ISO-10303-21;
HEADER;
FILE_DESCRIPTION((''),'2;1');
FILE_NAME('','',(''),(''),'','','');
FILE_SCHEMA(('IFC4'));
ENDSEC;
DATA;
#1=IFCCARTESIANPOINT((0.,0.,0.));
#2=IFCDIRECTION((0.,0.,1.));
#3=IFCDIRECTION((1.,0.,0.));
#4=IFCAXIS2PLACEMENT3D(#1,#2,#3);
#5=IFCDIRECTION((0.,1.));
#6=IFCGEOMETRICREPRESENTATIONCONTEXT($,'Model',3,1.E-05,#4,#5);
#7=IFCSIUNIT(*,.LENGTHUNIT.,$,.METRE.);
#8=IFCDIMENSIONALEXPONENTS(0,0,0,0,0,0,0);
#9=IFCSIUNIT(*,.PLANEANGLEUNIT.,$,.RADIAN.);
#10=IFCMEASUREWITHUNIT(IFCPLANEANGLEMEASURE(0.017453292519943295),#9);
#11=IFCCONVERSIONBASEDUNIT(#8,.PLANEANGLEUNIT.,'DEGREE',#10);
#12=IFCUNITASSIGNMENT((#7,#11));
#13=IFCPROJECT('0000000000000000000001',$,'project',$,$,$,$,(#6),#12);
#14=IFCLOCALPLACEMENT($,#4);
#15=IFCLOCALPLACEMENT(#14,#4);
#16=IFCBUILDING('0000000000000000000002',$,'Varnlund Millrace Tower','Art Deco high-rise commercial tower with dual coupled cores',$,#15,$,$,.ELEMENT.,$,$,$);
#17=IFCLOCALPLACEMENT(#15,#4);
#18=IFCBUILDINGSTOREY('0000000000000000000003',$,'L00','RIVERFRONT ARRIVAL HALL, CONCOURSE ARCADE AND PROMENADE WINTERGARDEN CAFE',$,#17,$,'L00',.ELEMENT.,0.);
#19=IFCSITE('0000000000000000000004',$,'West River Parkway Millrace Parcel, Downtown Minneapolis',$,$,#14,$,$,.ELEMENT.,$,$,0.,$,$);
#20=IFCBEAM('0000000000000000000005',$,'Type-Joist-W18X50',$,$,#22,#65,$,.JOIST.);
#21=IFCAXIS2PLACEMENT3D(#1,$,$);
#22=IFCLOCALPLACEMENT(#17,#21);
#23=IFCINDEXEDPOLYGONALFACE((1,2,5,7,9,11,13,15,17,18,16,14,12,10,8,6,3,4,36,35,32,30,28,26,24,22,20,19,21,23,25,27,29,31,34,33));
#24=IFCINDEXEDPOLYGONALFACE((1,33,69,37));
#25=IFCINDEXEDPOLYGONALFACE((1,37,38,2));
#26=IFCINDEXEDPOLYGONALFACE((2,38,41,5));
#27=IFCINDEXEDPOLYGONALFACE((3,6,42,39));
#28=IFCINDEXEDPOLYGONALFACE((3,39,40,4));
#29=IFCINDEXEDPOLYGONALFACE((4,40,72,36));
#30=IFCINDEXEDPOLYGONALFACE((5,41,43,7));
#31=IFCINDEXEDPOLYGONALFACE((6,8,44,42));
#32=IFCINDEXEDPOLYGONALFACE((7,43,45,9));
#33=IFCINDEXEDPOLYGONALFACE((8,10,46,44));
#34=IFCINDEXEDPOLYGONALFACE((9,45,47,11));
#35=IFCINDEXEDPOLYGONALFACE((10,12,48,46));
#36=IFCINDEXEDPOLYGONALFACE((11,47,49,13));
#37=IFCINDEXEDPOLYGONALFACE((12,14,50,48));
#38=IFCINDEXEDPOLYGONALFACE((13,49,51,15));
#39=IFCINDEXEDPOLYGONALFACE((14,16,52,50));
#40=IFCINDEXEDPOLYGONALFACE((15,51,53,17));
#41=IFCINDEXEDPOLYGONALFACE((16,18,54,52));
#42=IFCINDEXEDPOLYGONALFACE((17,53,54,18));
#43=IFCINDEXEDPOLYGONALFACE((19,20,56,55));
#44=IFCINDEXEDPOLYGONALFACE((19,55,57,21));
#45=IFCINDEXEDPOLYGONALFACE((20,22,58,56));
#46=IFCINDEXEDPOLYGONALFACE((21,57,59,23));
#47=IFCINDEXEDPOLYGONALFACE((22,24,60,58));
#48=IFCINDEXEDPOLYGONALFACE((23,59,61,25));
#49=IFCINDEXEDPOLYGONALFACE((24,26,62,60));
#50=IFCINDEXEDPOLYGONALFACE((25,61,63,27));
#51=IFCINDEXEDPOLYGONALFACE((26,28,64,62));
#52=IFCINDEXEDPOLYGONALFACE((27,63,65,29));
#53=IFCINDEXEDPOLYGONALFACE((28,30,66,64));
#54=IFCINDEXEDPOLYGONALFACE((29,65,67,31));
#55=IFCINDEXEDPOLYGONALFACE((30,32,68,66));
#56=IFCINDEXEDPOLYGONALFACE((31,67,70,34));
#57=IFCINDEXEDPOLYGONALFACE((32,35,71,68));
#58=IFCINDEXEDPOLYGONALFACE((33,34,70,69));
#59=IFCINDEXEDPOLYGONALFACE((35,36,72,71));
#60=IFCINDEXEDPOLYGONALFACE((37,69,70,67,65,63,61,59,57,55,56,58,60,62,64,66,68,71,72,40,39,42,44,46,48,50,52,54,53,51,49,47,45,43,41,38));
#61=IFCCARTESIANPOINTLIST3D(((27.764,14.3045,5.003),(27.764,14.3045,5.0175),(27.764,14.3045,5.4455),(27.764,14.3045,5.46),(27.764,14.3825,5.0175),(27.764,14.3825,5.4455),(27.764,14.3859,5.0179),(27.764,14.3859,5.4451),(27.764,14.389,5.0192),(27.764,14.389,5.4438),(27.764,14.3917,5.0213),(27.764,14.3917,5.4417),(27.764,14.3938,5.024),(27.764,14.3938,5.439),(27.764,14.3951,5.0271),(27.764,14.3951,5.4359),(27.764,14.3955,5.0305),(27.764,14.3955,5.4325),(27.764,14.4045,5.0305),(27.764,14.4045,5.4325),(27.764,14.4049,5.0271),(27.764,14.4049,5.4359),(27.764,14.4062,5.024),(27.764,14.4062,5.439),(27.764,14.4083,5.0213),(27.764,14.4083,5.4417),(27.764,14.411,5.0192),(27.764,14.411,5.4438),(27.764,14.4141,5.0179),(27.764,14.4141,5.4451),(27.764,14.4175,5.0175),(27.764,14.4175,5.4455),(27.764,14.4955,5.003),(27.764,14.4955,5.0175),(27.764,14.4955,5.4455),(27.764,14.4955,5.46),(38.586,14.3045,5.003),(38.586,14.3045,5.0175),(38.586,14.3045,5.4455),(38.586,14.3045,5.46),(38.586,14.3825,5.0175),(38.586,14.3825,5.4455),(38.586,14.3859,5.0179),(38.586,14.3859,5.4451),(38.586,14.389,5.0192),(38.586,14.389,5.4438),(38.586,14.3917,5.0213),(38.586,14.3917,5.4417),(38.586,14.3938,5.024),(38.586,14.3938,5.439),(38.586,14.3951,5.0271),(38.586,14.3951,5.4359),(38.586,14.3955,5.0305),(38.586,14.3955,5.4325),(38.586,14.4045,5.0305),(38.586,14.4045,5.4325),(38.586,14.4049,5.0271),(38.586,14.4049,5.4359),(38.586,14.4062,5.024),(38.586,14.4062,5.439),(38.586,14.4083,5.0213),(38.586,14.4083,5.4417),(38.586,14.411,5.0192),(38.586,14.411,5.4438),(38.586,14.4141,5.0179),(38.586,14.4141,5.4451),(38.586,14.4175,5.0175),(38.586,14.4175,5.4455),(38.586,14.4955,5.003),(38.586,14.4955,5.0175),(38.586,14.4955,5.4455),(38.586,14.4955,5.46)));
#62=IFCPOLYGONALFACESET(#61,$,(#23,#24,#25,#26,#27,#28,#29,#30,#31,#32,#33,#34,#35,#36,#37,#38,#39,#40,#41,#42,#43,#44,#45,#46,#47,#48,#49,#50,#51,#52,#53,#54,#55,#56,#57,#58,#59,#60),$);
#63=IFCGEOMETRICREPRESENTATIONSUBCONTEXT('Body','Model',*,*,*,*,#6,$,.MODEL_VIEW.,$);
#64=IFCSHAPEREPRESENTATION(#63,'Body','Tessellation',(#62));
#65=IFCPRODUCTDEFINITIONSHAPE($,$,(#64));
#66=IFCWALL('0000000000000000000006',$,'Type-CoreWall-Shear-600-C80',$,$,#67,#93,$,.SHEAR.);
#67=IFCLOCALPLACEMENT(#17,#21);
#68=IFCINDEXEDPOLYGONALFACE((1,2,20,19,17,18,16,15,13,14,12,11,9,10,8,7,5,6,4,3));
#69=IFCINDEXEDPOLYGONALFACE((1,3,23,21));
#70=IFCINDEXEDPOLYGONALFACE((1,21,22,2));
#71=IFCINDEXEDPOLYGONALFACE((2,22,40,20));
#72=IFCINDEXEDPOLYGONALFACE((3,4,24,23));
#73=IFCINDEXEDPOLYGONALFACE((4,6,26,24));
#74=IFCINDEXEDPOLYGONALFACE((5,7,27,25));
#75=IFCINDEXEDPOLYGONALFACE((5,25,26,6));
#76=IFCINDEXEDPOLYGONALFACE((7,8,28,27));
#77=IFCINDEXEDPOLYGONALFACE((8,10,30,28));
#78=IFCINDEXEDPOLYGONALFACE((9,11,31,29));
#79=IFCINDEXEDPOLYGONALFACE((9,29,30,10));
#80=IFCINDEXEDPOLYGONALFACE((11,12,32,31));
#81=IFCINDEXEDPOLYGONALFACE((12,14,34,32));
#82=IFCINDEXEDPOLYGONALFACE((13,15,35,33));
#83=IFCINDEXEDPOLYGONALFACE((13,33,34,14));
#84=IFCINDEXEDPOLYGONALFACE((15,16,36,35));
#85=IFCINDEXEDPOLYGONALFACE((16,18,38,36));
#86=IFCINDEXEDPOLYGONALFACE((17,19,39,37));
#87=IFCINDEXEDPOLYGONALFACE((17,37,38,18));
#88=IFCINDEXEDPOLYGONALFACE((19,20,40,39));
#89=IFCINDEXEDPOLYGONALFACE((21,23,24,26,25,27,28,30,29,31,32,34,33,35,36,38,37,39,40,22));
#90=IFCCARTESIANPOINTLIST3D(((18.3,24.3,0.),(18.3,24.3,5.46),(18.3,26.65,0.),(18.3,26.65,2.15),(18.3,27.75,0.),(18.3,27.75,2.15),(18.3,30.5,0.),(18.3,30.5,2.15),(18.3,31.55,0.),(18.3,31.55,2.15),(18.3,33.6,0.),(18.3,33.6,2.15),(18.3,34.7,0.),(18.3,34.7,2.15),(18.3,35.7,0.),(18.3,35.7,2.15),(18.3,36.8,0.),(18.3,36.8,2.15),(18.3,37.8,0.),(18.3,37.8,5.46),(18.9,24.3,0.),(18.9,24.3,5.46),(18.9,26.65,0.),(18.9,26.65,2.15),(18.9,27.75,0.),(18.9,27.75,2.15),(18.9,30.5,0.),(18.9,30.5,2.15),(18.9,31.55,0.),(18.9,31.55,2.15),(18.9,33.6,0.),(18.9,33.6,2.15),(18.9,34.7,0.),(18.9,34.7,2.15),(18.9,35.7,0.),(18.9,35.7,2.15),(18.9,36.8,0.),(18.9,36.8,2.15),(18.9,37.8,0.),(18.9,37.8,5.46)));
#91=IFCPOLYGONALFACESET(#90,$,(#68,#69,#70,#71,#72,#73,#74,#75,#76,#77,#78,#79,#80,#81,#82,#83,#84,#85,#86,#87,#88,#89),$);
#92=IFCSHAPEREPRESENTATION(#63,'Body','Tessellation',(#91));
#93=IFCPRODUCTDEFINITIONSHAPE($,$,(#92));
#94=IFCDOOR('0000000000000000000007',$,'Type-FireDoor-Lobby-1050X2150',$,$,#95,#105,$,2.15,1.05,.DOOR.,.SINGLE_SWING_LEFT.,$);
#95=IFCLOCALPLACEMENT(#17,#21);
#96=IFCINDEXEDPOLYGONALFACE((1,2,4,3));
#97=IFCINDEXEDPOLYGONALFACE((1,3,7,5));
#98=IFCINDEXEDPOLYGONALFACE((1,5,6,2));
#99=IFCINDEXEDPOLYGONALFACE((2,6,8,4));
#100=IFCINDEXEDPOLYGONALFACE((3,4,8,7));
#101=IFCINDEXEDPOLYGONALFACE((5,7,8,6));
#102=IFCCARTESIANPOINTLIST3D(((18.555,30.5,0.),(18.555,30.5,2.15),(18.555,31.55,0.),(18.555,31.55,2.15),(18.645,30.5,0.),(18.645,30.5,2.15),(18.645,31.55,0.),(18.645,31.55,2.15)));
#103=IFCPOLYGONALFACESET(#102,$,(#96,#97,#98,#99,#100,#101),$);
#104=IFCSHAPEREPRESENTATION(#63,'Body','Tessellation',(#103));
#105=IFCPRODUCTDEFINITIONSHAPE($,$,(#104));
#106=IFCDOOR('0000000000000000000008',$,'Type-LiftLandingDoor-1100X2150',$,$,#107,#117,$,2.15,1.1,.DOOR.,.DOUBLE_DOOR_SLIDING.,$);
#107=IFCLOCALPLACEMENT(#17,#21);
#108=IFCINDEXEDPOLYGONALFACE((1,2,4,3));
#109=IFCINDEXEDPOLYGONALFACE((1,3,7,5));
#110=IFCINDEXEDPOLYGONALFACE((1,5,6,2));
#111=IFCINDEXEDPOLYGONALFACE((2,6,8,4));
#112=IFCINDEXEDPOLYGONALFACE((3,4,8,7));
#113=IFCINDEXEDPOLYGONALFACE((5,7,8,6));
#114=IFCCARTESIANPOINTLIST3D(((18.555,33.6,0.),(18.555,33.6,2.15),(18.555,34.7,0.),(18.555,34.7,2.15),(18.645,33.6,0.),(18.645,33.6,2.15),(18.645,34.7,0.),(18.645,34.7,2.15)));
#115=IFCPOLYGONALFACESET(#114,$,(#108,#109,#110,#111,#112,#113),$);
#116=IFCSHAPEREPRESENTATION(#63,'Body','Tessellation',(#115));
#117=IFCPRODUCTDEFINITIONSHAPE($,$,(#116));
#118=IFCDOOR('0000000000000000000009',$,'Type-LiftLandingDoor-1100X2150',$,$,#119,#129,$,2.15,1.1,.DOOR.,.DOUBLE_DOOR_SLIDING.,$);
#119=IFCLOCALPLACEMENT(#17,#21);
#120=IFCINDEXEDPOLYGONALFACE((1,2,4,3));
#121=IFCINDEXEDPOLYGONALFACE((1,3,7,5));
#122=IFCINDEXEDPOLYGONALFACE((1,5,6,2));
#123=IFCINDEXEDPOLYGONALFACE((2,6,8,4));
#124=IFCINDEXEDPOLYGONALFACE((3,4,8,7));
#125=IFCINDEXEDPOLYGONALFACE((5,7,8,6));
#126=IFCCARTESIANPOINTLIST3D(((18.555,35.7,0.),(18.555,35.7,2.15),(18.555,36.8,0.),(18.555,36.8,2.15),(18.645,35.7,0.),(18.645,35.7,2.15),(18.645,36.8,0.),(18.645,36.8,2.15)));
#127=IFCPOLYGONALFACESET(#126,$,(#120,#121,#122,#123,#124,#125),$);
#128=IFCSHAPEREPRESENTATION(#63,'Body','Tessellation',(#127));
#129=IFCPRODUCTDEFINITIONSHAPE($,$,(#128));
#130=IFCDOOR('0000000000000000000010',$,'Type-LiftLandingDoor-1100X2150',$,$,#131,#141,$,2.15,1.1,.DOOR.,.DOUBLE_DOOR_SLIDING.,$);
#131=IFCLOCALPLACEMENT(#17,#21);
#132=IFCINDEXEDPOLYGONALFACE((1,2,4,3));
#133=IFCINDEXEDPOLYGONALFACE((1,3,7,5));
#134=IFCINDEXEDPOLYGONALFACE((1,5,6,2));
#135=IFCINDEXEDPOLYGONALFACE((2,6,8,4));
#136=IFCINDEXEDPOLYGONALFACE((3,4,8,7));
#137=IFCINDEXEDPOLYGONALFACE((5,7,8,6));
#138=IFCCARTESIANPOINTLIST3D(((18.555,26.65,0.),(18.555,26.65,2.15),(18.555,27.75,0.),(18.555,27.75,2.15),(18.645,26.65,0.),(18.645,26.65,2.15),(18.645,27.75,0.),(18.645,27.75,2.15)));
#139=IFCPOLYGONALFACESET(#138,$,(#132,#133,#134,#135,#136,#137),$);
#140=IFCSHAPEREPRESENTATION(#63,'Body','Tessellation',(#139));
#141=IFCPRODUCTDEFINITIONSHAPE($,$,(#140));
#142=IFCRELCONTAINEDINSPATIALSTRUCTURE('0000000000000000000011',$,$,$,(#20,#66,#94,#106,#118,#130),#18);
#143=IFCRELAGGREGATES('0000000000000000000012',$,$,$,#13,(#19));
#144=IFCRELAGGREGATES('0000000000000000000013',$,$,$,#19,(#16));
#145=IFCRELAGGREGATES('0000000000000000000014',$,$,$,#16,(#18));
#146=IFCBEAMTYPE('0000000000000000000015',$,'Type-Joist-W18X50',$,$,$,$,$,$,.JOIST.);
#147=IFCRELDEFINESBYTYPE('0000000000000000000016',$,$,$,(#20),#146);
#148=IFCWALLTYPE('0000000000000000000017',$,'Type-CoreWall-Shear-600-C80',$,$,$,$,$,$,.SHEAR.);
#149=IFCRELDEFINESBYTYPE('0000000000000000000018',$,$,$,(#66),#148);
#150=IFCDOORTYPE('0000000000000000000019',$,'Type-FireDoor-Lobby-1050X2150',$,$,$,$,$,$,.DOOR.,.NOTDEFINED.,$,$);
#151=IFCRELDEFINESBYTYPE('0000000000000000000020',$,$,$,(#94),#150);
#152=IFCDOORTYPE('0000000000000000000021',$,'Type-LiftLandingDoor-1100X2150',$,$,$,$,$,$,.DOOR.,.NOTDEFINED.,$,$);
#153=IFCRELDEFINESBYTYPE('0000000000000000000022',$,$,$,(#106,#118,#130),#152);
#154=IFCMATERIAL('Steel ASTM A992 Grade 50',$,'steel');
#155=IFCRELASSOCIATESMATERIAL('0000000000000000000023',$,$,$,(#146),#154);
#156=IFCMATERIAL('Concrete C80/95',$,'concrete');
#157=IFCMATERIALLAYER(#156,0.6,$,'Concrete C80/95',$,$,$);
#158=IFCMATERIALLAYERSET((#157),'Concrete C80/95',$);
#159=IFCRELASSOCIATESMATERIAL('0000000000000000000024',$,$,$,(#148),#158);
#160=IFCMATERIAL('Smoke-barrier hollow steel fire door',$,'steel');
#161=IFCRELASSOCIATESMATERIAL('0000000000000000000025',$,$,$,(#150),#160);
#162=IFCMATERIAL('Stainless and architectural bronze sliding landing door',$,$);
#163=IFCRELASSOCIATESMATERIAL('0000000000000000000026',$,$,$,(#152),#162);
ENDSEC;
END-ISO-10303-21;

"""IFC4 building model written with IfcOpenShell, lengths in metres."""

from ifc_helpers import new_model, entity, si_unit, converted_unit, direction, frame, origin_with_axes, origin_2d_with_axis, place, context, subcontext, project, spatial, polyline, rectangle, i_section, outline, extrude, material, layer, layer_set, material_profile, profile_set, type_object, element, fill, save


model = new_model("IFC4")

# Units and contexts
model_context = context("Model", 3, precision=1e-05, world=origin_with_axes(), true_north=direction((0.0, 1.0)))
body_context = subcontext(model_context, "Body", "Model", "MODEL_VIEW")
ifc_project = project(units=[si_unit("LENGTHUNIT", "METRE"), converted_unit("PLANEANGLEUNIT", "DEGREE", entity("IfcPlaneAngleMeasure", 0.017453292519943295), si_unit("PLANEANGLEUNIT", "RADIAN"), dimensions=[0, 0, 0, 0, 0, 0, 0])], contexts=[model_context])

# Site, building, storey
site_placement = place(None, origin_with_axes())
site = spatial("IfcSite", under=ifc_project, at=site_placement, Name="West River Parkway Millrace Parcel, Downtown Minneapolis", CompositionType="ELEMENT", RefElevation=0.0)
building_placement = place(site_placement, origin_with_axes())
building = spatial("IfcBuilding", under=site, at=building_placement, Name="Varnlund Millrace Tower", Description="Art Deco high-rise commercial tower with dual coupled cores", CompositionType="ELEMENT")
storey_placement = place(building_placement, origin_with_axes())
storey = spatial("IfcBuildingStorey", under=building, at=storey_placement, Name="L00", Description="RIVERFRONT ARRIVAL HALL, CONCOURSE ARCADE AND PROMENADE WINTERGARDEN CAFE", LongName="L00", CompositionType="ELEMENT", Elevation=0.0)

# Shared definitions
ifc_material_1 = material(Name="Concrete C80/95", Category="concrete")

# Beam
ifc_material_2 = material(Name="Steel ASTM A992 Grade 50", Category="steel")
ifc_material_profile_1 = material_profile(ifc_material_2, i_section(OverallWidth=0.191, OverallDepth=0.457, WebThickness=0.009, FlangeThickness=0.0145, FilletRadius=0.013, at=origin_2d_with_axis()), Name="Steel ASTM A992 Grade 50")
ifc_profile_set_1 = profile_set([ifc_material_profile_1], Name="Steel ASTM A992 Grade 50")
beam_type_1 = type_object("IfcBeamType", Name="Type-Joist-W18X50", PredefinedType="JOIST", material=ifc_profile_set_1)
beam_1_placement = place(storey_placement, frame((27.764, 14.4, 5.2315), z_axis=(1.0, 0.0, 0.0), x_axis=(0.0, 1.0, 0.0)))
element("IfcBeam", 1, at=beam_1_placement, inside=storey, type_object=beam_type_1, Name="Type-Joist-W18X50", PredefinedType="JOIST", context=body_context, shape_type="SweptSolid", body=[
    extrude(i_section(OverallWidth=0.191, OverallDepth=0.457, WebThickness=0.009, FlangeThickness=0.0145, FilletRadius=0.013, at=origin_2d_with_axis()), origin_with_axes(), (0.0, 0.0, 1.0), 10.822),
])

# Wall, openings, doors
ifc_layer_1 = layer(ifc_material_1, 0.6, Name="Concrete C80/95")
ifc_layer_set_1 = layer_set([ifc_layer_1], Name="Concrete C80/95")
wall_type_1 = type_object("IfcWallType", Name="Type-CoreWall-Shear-600-C80", PredefinedType="SHEAR", material=ifc_layer_set_1)
wall_1_placement = place(storey_placement, frame((18.6, 24.3, 0.0), z_axis=(0.0, 0.0, 1.0), x_axis=(0.0, 1.0, 0.0)))
wall_1 = element("IfcWall", 2, at=wall_1_placement, inside=storey, type_object=wall_type_1, Name="Type-CoreWall-Shear-600-C80", PredefinedType="SHEAR", context=body_context, shape_type="SweptSolid", body=[
    extrude(outline(polyline([(0.0, -0.3), (13.5, -0.3), (13.5, 0.3), (0.0, 0.3), (0.0, -0.3)])), origin_with_axes(), (0.0, 0.0, 1.0), 5.46),
])
opening_1_placement = place(wall_1_placement, frame((9.85, 0.0, 0.0), z_axis=(0.0, 0.0, 1.0), x_axis=(1.0, 0.0, 0.0)))
opening_1 = element("IfcOpeningElement", 3, at=opening_1_placement, cuts=wall_1, PredefinedType="OPENING", context=body_context, shape_type="SweptSolid", body=[
    extrude(rectangle(XDim=1.1, YDim=0.62, at=origin_2d_with_axis()), origin_with_axes(), (0.0, 0.0, 1.0), 2.15),
])
opening_2_placement = place(wall_1_placement, frame((11.95, 0.0, 0.0), z_axis=(0.0, 0.0, 1.0), x_axis=(1.0, 0.0, 0.0)))
opening_2 = element("IfcOpeningElement", 4, at=opening_2_placement, cuts=wall_1, PredefinedType="OPENING", context=body_context, shape_type="SweptSolid", body=[
    extrude(rectangle(XDim=1.1, YDim=0.62, at=origin_2d_with_axis()), origin_with_axes(), (0.0, 0.0, 1.0), 2.15),
])
opening_3_placement = place(wall_1_placement, frame((2.9, 0.0, 0.0), z_axis=(0.0, 0.0, 1.0), x_axis=(1.0, 0.0, 0.0)))
opening_3 = element("IfcOpeningElement", 5, at=opening_3_placement, cuts=wall_1, PredefinedType="OPENING", context=body_context, shape_type="SweptSolid", body=[
    extrude(rectangle(XDim=1.1, YDim=0.62, at=origin_2d_with_axis()), origin_with_axes(), (0.0, 0.0, 1.0), 2.15),
])
opening_4_placement = place(wall_1_placement, frame((6.725, 0.0, 0.0), z_axis=(0.0, 0.0, 1.0), x_axis=(1.0, 0.0, 0.0)))
opening_4 = element("IfcOpeningElement", 6, at=opening_4_placement, cuts=wall_1, PredefinedType="OPENING", context=body_context, shape_type="SweptSolid", body=[
    extrude(rectangle(XDim=1.05, YDim=0.62, at=origin_2d_with_axis()), origin_with_axes(), (0.0, 0.0, 1.0), 2.15),
])
ifc_material_3 = material(Name="Smoke-barrier hollow steel fire door", Category="steel")
door_type_1 = type_object("IfcDoorType", Name="Type-FireDoor-Lobby-1050X2150", OperationType="NOTDEFINED", PredefinedType="DOOR", material=ifc_material_3)
door_1_placement = place(wall_1_placement, frame((6.725, 0.0, 0.0), z_axis=(0.0, 0.0, 1.0), x_axis=(1.0, 0.0, 0.0)))
door_1 = element("IfcDoor", 7, at=door_1_placement, inside=storey, type_object=door_type_1, Name="Type-FireDoor-Lobby-1050X2150", OperationType="SINGLE_SWING_LEFT", OverallHeight=2.15, OverallWidth=1.05, PredefinedType="DOOR", context=body_context, shape_type="SweptSolid", body=[
    extrude(rectangle(XDim=1.05, YDim=0.09, at=origin_2d_with_axis()), origin_with_axes(), (0.0, 0.0, 1.0), 2.15),
])
fill(opening_4, door_1)
ifc_material_4 = material(Name="Stainless and architectural bronze sliding landing door")
door_type_2 = type_object("IfcDoorType", Name="Type-LiftLandingDoor-1100X2150", OperationType="NOTDEFINED", PredefinedType="DOOR", material=ifc_material_4)
door_2_placement = place(wall_1_placement, frame((9.85, 0.0, 0.0), z_axis=(0.0, 0.0, 1.0), x_axis=(1.0, 0.0, 0.0)))
door_2 = element("IfcDoor", 8, at=door_2_placement, inside=storey, type_object=door_type_2, Name="Type-LiftLandingDoor-1100X2150", OperationType="DOUBLE_DOOR_SLIDING", OverallHeight=2.15, OverallWidth=1.1, PredefinedType="DOOR", context=body_context, shape_type="SweptSolid", body=[
    extrude(rectangle(XDim=1.1, YDim=0.09, at=origin_2d_with_axis()), origin_with_axes(), (0.0, 0.0, 1.0), 2.15),
])
fill(opening_1, door_2)
door_3_placement = place(wall_1_placement, frame((11.95, 0.0, 0.0), z_axis=(0.0, 0.0, 1.0), x_axis=(1.0, 0.0, 0.0)))
door_3 = element("IfcDoor", 9, at=door_3_placement, inside=storey, type_object=door_type_2, Name="Type-LiftLandingDoor-1100X2150", OperationType="DOUBLE_DOOR_SLIDING", OverallHeight=2.15, OverallWidth=1.1, PredefinedType="DOOR", context=body_context, shape_type="SweptSolid", body=[
    extrude(rectangle(XDim=1.1, YDim=0.09, at=origin_2d_with_axis()), origin_with_axes(), (0.0, 0.0, 1.0), 2.15),
])
fill(opening_2, door_3)
door_4_placement = place(wall_1_placement, frame((2.9, 0.0, 0.0), z_axis=(0.0, 0.0, 1.0), x_axis=(1.0, 0.0, 0.0)))
door_4 = element("IfcDoor", 10, at=door_4_placement, inside=storey, type_object=door_type_2, Name="Type-LiftLandingDoor-1100X2150", OperationType="DOUBLE_DOOR_SLIDING", OverallHeight=2.15, OverallWidth=1.1, PredefinedType="DOOR", context=body_context, shape_type="SweptSolid", body=[
    extrude(rectangle(XDim=1.1, YDim=0.09, at=origin_2d_with_axis()), origin_with_axes(), (0.0, 0.0, 1.0), 2.15),
])
fill(opening_3, door_4)

save(model, "model.ifc")
